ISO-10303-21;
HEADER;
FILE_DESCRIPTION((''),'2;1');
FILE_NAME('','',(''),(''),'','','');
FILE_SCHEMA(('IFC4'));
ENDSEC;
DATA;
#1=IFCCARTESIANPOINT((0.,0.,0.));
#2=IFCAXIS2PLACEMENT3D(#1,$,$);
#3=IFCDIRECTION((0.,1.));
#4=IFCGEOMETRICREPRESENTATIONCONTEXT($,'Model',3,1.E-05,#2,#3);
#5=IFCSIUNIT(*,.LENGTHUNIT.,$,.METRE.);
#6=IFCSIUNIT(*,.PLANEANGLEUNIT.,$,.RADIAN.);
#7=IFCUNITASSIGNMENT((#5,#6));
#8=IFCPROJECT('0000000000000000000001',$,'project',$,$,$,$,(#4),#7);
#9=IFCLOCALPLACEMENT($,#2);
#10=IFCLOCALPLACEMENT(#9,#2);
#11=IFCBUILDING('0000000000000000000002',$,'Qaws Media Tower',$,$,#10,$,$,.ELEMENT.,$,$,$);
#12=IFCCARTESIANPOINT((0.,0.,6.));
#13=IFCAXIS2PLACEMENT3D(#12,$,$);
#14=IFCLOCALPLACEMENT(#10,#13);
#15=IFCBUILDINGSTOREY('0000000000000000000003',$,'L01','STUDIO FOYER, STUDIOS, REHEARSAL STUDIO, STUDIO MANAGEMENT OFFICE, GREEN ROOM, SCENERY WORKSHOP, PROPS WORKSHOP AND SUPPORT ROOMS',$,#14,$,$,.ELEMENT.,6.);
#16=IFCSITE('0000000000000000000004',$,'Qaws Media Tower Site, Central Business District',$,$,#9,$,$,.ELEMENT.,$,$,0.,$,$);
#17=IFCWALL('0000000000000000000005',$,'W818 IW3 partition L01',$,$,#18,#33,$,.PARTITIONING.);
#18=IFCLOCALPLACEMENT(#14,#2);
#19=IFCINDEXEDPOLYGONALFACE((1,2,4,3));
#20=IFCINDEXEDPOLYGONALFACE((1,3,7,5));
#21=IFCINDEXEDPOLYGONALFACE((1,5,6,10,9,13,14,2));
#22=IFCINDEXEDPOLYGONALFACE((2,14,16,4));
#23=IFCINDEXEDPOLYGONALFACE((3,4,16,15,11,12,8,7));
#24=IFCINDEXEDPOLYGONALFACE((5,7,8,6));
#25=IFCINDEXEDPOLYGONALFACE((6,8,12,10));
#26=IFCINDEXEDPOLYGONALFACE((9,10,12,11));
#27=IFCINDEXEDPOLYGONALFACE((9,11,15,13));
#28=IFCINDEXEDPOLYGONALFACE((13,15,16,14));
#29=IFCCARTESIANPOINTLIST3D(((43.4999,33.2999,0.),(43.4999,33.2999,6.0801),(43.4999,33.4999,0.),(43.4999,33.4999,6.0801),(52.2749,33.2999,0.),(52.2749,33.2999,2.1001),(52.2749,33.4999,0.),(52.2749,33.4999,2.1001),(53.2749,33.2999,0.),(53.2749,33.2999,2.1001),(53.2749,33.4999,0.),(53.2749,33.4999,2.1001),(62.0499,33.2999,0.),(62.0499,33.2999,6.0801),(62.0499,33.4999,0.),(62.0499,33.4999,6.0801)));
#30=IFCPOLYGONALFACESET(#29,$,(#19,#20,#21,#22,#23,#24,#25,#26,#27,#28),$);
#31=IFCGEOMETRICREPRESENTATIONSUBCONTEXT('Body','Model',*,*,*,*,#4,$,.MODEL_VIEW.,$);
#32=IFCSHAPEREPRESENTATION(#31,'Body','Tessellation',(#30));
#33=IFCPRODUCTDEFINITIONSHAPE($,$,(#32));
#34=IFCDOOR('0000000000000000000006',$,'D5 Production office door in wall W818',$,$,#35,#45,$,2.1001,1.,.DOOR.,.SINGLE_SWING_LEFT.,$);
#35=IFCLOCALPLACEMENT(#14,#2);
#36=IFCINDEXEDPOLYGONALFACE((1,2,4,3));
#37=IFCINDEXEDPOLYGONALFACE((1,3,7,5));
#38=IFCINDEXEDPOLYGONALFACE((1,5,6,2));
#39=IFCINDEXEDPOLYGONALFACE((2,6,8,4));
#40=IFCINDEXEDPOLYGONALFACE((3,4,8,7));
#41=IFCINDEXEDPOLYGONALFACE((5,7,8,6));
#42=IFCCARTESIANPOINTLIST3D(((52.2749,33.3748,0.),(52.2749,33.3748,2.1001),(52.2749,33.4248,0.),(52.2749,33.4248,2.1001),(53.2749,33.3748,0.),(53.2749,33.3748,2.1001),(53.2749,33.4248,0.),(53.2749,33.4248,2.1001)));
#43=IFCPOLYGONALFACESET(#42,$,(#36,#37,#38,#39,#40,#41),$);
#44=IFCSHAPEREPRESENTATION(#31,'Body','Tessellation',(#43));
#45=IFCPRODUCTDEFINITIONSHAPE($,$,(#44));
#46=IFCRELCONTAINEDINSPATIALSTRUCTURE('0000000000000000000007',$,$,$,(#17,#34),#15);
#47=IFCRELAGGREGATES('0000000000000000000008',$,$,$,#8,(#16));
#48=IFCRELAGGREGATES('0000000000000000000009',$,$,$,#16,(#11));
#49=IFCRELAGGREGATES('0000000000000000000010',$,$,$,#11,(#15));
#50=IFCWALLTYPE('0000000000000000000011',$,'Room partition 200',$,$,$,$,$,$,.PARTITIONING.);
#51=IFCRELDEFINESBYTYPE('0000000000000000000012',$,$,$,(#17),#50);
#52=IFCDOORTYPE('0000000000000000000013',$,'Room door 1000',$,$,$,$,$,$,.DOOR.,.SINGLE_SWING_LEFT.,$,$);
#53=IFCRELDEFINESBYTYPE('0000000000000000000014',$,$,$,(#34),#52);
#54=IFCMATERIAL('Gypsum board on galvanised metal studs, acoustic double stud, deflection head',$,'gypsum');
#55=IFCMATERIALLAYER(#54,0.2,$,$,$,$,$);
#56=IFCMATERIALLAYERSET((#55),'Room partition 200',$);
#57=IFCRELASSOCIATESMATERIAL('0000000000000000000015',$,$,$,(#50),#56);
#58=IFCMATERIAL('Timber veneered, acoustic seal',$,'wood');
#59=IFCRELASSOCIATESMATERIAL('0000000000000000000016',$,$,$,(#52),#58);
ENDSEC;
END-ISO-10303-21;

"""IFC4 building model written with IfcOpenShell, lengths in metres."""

from ifc_helpers import new_model, si_unit, direction, frame, frame_2d, origin, place, context, subcontext, project, spatial, rectangle, extrude, material, layer, layer_set, type_object, element, fill, save


model = new_model("IFC4")

# Units and contexts
model_context = context("Model", 3, precision=1e-05, world=origin(), true_north=direction((0.0, 1.0)))
body_context = subcontext(model_context, "Body", "Model", "MODEL_VIEW")
ifc_project = project(units=[si_unit("LENGTHUNIT", "METRE"), si_unit("PLANEANGLEUNIT", "RADIAN")], contexts=[model_context])

# Site, building, storey
site_placement = place(None, origin())
site = spatial("IfcSite", under=ifc_project, at=site_placement, Name="Qaws Media Tower Site, Central Business District", CompositionType="ELEMENT", RefElevation=0.0)
building_placement = place(site_placement, origin())
building = spatial("IfcBuilding", under=site, at=building_placement, Name="Qaws Media Tower", CompositionType="ELEMENT")
storey_placement = place(building_placement, frame((0.0, 0.0, 6.0)))
storey = spatial("IfcBuildingStorey", under=building, at=storey_placement, Name="L01", Description="STUDIO FOYER, STUDIOS, REHEARSAL STUDIO, STUDIO MANAGEMENT OFFICE, GREEN ROOM, SCENERY WORKSHOP, PROPS WORKSHOP AND SUPPORT ROOMS", CompositionType="ELEMENT", Elevation=6.0)

# Shared definitions
ifc_material_1 = material(Name="Gypsum board on galvanised metal studs, acoustic double stud, deflection head", Category="gypsum")
ifc_layer = layer(ifc_material_1, 0.2)
ifc_layer_set = layer_set([ifc_layer], Name="Room partition 200")
wall_type = type_object("IfcWallType", Name="Room partition 200", PredefinedType="PARTITIONING", material=ifc_layer_set)

# Wall, opening, door
ifc_material_2 = material(Name="Timber veneered, acoustic seal", Category="wood")
door_type = type_object("IfcDoorType", Name="Room door 1000", OperationType="SINGLE_SWING_LEFT", PredefinedType="DOOR", material=ifc_material_2)
wall_1_placement = place(storey_placement, frame((43.5, 33.3999, 0.0), z_axis=(0.0, 0.0, 1.0), x_axis=(1.0, 0.0, 0.0)))
wall_1 = element("IfcWall", 1, at=wall_1_placement, inside=storey, type_object=wall_type, Name="W818 IW3 partition L01", PredefinedType="PARTITIONING", context=body_context, shape_type="SweptSolid", body=[
    extrude(rectangle(XDim=18.55, YDim=0.2, at=frame_2d((9.2749, 0.0))), origin(), (0.0, 0.0, 1.0), 6.0801),
])
opening_1_placement = place(wall_1_placement, frame((8.7749, 0.0, 0.0)))
opening_1 = element("IfcOpeningElement", 2, at=opening_1_placement, cuts=wall_1, PredefinedType="OPENING", context=body_context, shape_type="SweptSolid", body=[
    extrude(rectangle(XDim=1.0, YDim=2.1001, at=frame_2d((0.5, 1.05))), frame((0.0, 0.1099, 0.0), z_axis=(0.0, -1.0, 0.0), x_axis=(1.0, 0.0, 0.0)), (0.0, 0.0, 1.0), 0.22),
])
door_1_placement = place(opening_1_placement, origin())
door_1 = element("IfcDoor", 3, at=door_1_placement, inside=storey, type_object=door_type, Name="D5 Production office door in wall W818", OperationType="SINGLE_SWING_LEFT", OverallHeight=2.1001, OverallWidth=1.0, PredefinedType="DOOR", context=body_context, shape_type="SweptSolid", body=[
    extrude(rectangle(XDim=1.0, YDim=2.1001, at=frame_2d((0.5, 1.05))), frame((0.0, 0.0249, 0.0), z_axis=(0.0, -1.0, 0.0), x_axis=(1.0, 0.0, 0.0)), (0.0, 0.0, 1.0), 0.05),
])
fill(opening_1, door_1)

save(model, "model.ifc")
